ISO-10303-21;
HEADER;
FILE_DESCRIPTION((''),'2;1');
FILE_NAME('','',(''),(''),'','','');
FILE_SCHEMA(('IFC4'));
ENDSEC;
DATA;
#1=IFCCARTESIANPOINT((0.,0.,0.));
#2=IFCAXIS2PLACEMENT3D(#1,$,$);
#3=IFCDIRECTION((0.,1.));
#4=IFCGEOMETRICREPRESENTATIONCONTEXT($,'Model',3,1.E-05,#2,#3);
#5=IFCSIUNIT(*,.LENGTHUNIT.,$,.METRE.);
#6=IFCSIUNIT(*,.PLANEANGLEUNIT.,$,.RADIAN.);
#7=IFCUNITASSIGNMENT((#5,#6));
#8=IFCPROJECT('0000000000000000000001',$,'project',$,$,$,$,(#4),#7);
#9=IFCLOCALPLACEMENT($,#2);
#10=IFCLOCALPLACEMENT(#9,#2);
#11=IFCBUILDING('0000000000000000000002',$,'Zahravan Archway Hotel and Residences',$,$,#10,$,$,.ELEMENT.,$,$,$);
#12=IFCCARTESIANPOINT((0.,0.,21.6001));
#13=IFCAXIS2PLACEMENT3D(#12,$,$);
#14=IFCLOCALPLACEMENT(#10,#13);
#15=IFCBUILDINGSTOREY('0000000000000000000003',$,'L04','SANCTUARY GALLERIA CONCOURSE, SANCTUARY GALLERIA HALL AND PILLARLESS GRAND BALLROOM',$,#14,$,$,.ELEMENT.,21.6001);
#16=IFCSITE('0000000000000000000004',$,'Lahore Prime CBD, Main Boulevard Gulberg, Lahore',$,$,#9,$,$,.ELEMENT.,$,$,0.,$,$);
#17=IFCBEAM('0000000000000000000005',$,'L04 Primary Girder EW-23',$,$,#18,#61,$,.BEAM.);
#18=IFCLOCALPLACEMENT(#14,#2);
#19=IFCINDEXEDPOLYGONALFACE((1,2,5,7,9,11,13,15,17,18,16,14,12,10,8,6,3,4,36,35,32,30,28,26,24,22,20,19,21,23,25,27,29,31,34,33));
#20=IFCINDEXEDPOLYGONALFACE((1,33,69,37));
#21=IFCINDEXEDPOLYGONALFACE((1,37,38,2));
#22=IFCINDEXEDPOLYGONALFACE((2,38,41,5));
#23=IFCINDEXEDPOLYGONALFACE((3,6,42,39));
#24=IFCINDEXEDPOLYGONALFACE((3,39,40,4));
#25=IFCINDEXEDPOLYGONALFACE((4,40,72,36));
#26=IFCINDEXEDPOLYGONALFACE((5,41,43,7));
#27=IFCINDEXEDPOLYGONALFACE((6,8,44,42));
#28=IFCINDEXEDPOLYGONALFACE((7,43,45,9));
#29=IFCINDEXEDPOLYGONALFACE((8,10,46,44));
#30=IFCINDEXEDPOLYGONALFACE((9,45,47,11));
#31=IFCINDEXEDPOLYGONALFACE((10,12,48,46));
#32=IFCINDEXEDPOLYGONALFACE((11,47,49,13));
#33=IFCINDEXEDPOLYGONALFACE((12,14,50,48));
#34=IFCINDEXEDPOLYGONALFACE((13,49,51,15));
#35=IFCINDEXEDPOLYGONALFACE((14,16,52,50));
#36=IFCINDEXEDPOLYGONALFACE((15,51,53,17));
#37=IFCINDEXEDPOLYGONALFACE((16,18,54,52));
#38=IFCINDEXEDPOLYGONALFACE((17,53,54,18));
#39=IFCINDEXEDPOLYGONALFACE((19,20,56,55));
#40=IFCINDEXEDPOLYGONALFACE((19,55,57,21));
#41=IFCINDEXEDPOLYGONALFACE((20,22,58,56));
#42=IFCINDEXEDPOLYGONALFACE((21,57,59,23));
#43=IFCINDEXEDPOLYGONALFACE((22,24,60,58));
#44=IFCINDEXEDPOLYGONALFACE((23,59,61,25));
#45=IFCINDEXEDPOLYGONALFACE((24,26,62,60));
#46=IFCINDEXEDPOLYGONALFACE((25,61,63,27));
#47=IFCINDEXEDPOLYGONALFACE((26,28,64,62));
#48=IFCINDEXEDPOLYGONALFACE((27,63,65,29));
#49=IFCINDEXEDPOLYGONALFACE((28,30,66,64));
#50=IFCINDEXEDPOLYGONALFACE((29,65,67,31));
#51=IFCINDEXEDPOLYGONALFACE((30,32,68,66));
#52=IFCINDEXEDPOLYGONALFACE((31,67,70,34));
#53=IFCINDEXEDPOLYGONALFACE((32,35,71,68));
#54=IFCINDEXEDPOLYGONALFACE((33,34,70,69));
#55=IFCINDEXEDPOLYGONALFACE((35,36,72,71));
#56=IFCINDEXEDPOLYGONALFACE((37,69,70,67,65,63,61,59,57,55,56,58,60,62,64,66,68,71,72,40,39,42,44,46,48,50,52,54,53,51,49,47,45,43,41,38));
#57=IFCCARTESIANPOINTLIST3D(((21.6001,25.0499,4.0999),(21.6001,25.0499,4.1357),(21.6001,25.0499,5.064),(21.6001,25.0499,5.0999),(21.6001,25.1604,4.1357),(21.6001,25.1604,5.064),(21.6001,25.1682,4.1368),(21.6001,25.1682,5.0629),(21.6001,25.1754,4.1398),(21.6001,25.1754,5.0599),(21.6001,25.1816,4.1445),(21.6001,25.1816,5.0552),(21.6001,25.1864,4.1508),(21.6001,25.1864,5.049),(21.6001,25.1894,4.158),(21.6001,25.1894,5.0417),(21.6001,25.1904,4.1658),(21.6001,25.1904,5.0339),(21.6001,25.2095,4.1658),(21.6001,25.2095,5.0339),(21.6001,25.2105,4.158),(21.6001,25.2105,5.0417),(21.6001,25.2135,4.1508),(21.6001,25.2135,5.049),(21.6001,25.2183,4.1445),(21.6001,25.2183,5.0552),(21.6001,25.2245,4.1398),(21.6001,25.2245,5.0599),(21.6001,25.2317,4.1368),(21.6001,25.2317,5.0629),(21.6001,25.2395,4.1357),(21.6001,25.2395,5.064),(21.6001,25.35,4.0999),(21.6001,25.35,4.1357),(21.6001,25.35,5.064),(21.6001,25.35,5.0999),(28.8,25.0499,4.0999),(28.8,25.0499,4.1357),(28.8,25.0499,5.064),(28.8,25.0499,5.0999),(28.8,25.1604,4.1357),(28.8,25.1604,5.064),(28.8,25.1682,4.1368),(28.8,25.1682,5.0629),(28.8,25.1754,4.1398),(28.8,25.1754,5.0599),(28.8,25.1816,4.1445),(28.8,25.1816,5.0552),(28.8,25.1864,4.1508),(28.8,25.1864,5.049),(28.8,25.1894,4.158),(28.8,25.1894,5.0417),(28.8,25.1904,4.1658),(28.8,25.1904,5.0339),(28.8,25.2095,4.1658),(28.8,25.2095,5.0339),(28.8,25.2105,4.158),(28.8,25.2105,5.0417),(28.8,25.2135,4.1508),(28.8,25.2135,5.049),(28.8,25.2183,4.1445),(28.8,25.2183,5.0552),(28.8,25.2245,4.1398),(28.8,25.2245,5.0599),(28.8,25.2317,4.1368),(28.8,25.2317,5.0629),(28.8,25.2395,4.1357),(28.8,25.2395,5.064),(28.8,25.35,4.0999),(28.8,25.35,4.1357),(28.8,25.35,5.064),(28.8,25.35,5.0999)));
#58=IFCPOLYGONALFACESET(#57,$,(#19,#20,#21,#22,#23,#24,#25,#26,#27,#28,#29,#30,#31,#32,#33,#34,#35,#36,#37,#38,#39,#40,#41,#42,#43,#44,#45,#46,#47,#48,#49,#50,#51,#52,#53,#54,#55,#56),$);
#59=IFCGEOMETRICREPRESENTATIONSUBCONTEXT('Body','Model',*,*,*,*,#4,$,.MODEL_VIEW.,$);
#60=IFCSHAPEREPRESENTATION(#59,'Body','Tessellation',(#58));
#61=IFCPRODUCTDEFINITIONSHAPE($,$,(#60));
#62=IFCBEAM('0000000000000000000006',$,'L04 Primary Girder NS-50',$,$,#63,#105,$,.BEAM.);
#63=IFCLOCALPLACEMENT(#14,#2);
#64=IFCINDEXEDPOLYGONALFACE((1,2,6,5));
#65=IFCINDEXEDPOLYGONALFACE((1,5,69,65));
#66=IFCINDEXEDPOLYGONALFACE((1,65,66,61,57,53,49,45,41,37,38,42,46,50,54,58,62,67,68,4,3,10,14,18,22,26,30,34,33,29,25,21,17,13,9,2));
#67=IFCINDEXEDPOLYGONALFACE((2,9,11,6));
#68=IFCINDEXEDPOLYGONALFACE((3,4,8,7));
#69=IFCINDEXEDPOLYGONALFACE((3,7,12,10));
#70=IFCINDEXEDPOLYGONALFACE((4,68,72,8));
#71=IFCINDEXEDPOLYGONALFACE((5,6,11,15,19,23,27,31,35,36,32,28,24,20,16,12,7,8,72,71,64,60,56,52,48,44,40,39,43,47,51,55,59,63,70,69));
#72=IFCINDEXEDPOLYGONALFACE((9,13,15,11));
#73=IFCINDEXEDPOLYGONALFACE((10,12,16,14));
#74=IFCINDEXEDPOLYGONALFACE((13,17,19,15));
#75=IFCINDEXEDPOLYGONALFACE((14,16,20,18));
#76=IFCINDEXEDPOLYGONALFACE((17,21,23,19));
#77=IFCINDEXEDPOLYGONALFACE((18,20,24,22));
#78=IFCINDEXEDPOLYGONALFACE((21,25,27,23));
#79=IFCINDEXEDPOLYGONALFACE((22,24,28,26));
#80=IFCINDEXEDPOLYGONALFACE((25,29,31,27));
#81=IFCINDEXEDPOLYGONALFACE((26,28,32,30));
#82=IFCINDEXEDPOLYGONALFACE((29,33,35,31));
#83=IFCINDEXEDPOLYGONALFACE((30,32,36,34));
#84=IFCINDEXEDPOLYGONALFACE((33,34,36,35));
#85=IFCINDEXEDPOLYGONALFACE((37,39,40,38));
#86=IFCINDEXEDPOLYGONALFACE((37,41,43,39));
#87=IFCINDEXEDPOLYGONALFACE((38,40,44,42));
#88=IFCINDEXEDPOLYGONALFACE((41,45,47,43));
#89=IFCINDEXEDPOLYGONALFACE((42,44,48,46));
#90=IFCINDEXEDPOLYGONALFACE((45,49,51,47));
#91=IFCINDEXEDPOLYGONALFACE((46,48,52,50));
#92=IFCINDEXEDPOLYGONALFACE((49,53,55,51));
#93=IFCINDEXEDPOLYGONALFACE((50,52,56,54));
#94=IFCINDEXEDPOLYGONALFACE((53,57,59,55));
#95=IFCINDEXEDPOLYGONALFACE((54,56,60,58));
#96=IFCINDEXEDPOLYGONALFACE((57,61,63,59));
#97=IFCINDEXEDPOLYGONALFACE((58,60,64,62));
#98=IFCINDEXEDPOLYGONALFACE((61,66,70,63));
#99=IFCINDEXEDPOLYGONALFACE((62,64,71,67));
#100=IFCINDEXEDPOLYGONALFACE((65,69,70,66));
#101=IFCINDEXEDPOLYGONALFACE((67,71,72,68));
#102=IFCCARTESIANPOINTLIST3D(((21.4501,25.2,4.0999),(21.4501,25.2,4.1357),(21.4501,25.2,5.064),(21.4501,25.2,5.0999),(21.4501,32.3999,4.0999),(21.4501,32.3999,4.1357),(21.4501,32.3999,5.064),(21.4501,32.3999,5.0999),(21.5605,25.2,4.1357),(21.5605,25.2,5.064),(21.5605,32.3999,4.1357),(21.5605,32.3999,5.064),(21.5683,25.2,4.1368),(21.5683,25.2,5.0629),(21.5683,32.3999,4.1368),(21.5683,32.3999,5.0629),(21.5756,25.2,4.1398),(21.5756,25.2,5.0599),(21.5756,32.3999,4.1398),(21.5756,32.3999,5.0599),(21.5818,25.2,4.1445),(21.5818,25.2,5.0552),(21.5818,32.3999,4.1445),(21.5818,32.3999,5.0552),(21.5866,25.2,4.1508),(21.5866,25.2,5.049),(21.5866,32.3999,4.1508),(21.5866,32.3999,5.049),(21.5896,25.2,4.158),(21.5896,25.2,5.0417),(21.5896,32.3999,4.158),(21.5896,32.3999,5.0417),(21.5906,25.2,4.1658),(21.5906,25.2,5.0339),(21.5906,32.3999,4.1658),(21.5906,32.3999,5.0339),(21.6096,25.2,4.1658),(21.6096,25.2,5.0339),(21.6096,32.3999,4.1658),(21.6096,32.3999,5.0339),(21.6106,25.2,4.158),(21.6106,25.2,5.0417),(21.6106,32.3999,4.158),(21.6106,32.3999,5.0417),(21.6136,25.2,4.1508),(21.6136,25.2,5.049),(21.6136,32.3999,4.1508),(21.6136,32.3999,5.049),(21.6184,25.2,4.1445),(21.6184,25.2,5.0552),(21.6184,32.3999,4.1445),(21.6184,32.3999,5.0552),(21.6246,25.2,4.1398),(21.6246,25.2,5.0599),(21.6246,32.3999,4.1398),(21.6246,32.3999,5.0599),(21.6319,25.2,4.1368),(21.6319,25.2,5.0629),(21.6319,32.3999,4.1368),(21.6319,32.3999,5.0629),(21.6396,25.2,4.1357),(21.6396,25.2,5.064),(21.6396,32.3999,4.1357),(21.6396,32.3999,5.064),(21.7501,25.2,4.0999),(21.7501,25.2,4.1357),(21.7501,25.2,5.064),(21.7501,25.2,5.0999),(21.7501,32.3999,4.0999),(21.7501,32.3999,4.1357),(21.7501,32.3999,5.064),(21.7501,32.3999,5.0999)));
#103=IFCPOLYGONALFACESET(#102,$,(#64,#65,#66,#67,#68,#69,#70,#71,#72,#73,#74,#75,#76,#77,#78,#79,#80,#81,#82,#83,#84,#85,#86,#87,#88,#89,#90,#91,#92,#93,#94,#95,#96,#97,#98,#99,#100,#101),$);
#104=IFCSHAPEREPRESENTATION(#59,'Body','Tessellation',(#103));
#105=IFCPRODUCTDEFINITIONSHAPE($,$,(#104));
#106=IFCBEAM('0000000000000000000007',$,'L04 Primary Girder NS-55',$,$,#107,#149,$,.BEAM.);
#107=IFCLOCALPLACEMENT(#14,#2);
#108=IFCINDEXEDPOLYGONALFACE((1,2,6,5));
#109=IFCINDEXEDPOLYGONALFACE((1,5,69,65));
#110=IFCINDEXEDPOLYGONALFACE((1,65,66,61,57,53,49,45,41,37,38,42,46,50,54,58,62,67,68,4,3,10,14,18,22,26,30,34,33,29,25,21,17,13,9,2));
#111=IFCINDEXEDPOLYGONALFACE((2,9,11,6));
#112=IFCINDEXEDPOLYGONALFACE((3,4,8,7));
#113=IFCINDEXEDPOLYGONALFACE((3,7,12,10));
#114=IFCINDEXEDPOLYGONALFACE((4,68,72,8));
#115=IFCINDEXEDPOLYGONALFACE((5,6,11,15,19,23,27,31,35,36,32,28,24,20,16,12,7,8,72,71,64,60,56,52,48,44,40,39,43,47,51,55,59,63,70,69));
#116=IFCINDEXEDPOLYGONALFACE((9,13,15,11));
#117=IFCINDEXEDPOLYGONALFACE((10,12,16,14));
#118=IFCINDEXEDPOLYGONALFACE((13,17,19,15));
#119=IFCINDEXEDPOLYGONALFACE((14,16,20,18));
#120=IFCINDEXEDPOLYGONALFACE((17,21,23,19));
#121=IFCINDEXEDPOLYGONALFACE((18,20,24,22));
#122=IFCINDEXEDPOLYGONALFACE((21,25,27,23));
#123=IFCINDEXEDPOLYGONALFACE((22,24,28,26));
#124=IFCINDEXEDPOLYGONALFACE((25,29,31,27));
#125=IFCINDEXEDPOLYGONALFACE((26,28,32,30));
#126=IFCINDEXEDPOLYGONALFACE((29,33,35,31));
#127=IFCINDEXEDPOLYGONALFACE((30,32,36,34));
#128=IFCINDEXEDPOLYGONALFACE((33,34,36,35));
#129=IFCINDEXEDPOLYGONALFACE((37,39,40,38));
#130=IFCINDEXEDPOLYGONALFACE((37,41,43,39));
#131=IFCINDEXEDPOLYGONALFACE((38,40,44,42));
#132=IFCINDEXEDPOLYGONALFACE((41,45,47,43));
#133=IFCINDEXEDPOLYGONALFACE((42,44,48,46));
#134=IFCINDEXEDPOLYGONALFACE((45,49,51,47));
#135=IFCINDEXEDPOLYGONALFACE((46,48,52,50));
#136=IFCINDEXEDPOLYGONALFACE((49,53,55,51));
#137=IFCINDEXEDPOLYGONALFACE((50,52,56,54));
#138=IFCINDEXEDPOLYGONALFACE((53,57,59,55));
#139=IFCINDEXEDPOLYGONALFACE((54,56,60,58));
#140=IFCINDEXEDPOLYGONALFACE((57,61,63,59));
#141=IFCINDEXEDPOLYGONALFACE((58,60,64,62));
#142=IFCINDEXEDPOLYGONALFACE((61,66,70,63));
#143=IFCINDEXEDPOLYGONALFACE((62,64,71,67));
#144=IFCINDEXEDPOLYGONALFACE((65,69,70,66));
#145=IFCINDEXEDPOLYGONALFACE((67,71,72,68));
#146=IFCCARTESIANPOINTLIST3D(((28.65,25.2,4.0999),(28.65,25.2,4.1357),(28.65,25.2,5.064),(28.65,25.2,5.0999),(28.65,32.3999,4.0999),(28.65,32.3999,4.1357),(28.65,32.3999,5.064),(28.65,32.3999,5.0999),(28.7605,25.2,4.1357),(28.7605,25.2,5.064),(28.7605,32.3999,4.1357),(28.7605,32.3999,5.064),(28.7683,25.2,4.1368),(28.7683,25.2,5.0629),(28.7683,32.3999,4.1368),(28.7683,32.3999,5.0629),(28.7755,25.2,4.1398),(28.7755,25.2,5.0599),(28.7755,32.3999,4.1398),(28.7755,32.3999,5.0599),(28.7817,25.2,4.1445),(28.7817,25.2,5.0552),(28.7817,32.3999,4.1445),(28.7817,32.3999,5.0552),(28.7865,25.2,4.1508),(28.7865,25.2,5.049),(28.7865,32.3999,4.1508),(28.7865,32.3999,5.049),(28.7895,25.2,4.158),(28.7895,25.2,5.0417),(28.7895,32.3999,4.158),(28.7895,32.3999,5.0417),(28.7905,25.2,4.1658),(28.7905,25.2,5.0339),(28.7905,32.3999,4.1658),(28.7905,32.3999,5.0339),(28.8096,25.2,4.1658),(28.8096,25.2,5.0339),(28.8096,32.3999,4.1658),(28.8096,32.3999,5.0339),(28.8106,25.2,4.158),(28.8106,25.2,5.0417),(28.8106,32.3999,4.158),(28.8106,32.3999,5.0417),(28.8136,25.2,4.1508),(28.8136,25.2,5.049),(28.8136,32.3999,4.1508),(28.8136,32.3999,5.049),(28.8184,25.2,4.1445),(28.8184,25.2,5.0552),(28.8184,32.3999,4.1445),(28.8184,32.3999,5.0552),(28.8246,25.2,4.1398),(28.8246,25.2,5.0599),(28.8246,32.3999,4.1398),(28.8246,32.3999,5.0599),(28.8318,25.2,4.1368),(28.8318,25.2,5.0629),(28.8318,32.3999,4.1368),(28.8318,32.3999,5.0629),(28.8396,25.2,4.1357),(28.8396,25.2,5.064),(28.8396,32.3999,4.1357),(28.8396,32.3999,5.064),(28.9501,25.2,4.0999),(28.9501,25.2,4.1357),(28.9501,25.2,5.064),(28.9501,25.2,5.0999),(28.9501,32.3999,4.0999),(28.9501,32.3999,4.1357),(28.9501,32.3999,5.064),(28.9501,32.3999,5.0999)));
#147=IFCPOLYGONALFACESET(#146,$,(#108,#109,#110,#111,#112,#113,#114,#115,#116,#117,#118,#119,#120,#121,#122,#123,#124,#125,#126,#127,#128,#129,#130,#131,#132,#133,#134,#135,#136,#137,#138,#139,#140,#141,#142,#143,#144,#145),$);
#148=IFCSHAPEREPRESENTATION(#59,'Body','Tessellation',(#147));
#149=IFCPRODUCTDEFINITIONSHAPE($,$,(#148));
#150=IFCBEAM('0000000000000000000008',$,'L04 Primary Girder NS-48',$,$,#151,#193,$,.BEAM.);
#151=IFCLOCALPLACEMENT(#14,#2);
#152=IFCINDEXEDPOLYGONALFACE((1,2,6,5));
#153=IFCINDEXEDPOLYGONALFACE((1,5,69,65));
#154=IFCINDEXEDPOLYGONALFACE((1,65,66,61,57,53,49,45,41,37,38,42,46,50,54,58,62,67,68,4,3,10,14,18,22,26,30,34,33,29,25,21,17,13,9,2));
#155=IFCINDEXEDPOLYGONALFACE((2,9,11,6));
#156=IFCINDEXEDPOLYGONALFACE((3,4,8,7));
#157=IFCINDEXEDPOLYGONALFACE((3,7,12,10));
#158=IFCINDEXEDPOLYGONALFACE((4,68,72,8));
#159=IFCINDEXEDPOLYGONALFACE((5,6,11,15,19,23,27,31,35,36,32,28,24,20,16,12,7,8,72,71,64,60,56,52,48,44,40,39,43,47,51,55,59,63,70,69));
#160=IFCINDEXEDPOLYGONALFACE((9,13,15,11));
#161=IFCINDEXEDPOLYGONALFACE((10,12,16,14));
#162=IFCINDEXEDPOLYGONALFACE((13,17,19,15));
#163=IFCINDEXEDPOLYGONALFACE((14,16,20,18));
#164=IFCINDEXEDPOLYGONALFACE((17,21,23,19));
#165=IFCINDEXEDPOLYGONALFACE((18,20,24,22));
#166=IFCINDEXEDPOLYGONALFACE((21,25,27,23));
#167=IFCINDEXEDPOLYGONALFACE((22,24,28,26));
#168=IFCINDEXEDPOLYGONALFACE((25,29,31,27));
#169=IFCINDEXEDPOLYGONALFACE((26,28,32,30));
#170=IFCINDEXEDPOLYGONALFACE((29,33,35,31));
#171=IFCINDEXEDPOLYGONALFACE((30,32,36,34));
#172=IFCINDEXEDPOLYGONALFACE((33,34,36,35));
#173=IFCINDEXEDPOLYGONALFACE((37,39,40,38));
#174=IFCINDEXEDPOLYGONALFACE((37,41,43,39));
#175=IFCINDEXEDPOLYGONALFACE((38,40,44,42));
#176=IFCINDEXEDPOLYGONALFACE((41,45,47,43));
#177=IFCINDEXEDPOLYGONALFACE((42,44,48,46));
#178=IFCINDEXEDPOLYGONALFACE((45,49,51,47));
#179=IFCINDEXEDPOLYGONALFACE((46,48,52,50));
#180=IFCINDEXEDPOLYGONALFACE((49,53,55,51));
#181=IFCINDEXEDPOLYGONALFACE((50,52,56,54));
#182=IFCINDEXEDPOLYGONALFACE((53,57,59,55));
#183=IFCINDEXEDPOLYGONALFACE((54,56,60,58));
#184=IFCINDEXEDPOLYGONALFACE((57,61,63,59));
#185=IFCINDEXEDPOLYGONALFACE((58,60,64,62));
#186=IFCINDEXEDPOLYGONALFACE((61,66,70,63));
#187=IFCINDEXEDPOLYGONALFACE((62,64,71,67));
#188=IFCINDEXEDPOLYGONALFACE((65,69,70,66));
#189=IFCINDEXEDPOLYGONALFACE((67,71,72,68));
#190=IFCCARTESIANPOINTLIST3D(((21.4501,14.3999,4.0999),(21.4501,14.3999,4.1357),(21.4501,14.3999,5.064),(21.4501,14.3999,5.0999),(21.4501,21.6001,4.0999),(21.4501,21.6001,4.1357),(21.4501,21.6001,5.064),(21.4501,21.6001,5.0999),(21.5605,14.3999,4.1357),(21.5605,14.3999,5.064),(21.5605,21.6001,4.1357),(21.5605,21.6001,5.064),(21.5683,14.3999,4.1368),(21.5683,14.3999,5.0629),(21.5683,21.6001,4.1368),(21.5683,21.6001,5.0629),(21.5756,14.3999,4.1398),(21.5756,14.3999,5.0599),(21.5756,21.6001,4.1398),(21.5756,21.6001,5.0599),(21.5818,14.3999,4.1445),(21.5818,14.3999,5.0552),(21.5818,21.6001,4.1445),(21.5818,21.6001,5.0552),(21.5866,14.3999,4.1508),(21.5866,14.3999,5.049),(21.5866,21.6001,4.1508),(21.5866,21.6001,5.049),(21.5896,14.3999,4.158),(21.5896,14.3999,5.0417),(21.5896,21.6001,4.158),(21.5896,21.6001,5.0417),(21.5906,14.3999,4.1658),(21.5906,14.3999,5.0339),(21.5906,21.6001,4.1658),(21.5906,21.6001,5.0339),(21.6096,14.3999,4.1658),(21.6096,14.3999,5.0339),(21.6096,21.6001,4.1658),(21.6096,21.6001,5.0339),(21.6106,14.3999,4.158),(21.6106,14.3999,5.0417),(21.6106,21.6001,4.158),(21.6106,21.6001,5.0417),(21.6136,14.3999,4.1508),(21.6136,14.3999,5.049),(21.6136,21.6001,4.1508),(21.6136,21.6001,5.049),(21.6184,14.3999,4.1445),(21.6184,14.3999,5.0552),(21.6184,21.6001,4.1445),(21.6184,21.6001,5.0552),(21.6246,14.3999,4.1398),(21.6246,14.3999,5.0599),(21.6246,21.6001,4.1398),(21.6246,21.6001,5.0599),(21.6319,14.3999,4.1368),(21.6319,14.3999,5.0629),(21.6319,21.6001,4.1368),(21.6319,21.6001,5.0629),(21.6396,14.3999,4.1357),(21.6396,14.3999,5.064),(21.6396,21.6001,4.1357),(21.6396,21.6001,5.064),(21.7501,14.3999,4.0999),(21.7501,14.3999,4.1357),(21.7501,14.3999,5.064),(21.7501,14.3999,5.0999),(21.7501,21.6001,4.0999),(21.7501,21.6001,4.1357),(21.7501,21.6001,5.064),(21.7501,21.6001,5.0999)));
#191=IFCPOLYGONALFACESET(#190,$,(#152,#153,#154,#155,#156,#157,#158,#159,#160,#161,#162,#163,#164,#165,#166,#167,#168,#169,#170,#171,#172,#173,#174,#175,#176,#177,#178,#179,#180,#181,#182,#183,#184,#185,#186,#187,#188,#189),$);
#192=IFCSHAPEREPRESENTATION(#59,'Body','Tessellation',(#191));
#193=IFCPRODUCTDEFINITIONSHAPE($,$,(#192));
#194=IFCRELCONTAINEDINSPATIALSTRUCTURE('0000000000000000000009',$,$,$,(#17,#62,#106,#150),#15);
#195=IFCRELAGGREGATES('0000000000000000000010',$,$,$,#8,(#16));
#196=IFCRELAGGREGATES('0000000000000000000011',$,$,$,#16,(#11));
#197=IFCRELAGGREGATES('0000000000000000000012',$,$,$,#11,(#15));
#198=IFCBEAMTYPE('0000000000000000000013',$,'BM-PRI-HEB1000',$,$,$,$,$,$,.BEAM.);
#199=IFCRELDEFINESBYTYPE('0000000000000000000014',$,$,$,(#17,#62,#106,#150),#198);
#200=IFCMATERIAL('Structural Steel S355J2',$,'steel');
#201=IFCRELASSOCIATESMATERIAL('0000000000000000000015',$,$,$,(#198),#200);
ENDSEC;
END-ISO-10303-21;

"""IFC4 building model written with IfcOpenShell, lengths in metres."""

from ifc_helpers import new_model, si_unit, direction, frame, origin, origin_2d, place, context, subcontext, project, spatial, i_section, extrude, source, transform, mapped, material, material_profile, profile_set, type_object, element, save


model = new_model("IFC4")

# Units and contexts
model_context = context("Model", 3, precision=1e-05, world=origin(), true_north=direction((0.0, 1.0)))
body_context = subcontext(model_context, "Body", "Model", "MODEL_VIEW")
ifc_project = project(units=[si_unit("LENGTHUNIT", "METRE"), si_unit("PLANEANGLEUNIT", "RADIAN")], contexts=[model_context])

# Site, building, storey
site_placement = place(None, origin())
site = spatial("IfcSite", under=ifc_project, at=site_placement, Name="Lahore Prime CBD, Main Boulevard Gulberg, Lahore", CompositionType="ELEMENT", RefElevation=0.0)
building_placement = place(site_placement, origin())
building = spatial("IfcBuilding", under=site, at=building_placement, Name="Zahravan Archway Hotel and Residences", CompositionType="ELEMENT")
storey_placement = place(building_placement, frame((0.0, 0.0, 21.6001)))
storey = spatial("IfcBuildingStorey", under=building, at=storey_placement, Name="L04", Description="SANCTUARY GALLERIA CONCOURSE, SANCTUARY GALLERIA HALL AND PILLARLESS GRAND BALLROOM", CompositionType="ELEMENT", Elevation=21.6001)

# Beams
ifc_material_1 = material(Name="Structural Steel S355J2", Category="steel")
ifc_material_profile_1 = material_profile(ifc_material_1, i_section(OverallWidth=0.3, OverallDepth=1.0, WebThickness=0.019, FlangeThickness=0.0359, FilletRadius=0.03, at=origin_2d()), Name="HEB 1000", Category="steel")
ifc_profile_set_1 = profile_set([ifc_material_profile_1], Name="Structural Steel S355J2")
beam_type_1 = type_object("IfcBeamType", Name="BM-PRI-HEB1000", PredefinedType="BEAM", material=ifc_profile_set_1)
shared_shape_1 = source(origin(), body_context, "Body", "SweptSolid", [
    extrude(i_section(OverallWidth=0.3, OverallDepth=1.0, WebThickness=0.019, FlangeThickness=0.0359, FilletRadius=0.03, at=origin_2d()), origin(), (0.0, 0.0, 1.0), 7.2),
])
for number, where, z_axis, x_axis, name in (
    (1, (21.6001, 25.2, 4.5999), (1.0, 0.0, 0.0), (0.0, 1.0, 0.0), "L04 Primary Girder EW-23"),
    (2, (21.6001, 25.2, 4.5999), (0.0, 1.0, 0.0), (-1.0, 0.0, 0.0), "L04 Primary Girder NS-50"),
    (3, (28.8, 25.2, 4.5999), (0.0, 1.0, 0.0), (-1.0, 0.0, 0.0), "L04 Primary Girder NS-55"),
):
    element("IfcBeam", number, at=place(storey_placement, frame(where, z_axis=z_axis, x_axis=x_axis)), inside=storey, type_object=beam_type_1, Name=name, PredefinedType="BEAM", context=body_context, shape_type="MappedRepresentation", body=[
        mapped(shared_shape_1, transform((0.0, 0.0, 0.0), scale=1.0)),
    ])
shared_shape_2 = source(origin(), body_context, "Body", "SweptSolid", [
    extrude(i_section(OverallWidth=0.3, OverallDepth=1.0, WebThickness=0.019, FlangeThickness=0.0359, FilletRadius=0.03, at=origin_2d()), origin(), (0.0, 0.0, 1.0), 7.2002),
])
for number, where, z_axis, x_axis, name in (
    (4, (21.6001, 14.3999, 4.5999), (0.0, 1.0, 0.0), (-1.0, 0.0, 0.0), "L04 Primary Girder NS-48"),
):
    element("IfcBeam", number, at=place(storey_placement, frame(where, z_axis=z_axis, x_axis=x_axis)), inside=storey, type_object=beam_type_1, Name=name, PredefinedType="BEAM", context=body_context, shape_type="MappedRepresentation", body=[
        mapped(shared_shape_2, transform((0.0, 0.0, 0.0), scale=1.0)),
    ])

save(model, "model.ifc")
